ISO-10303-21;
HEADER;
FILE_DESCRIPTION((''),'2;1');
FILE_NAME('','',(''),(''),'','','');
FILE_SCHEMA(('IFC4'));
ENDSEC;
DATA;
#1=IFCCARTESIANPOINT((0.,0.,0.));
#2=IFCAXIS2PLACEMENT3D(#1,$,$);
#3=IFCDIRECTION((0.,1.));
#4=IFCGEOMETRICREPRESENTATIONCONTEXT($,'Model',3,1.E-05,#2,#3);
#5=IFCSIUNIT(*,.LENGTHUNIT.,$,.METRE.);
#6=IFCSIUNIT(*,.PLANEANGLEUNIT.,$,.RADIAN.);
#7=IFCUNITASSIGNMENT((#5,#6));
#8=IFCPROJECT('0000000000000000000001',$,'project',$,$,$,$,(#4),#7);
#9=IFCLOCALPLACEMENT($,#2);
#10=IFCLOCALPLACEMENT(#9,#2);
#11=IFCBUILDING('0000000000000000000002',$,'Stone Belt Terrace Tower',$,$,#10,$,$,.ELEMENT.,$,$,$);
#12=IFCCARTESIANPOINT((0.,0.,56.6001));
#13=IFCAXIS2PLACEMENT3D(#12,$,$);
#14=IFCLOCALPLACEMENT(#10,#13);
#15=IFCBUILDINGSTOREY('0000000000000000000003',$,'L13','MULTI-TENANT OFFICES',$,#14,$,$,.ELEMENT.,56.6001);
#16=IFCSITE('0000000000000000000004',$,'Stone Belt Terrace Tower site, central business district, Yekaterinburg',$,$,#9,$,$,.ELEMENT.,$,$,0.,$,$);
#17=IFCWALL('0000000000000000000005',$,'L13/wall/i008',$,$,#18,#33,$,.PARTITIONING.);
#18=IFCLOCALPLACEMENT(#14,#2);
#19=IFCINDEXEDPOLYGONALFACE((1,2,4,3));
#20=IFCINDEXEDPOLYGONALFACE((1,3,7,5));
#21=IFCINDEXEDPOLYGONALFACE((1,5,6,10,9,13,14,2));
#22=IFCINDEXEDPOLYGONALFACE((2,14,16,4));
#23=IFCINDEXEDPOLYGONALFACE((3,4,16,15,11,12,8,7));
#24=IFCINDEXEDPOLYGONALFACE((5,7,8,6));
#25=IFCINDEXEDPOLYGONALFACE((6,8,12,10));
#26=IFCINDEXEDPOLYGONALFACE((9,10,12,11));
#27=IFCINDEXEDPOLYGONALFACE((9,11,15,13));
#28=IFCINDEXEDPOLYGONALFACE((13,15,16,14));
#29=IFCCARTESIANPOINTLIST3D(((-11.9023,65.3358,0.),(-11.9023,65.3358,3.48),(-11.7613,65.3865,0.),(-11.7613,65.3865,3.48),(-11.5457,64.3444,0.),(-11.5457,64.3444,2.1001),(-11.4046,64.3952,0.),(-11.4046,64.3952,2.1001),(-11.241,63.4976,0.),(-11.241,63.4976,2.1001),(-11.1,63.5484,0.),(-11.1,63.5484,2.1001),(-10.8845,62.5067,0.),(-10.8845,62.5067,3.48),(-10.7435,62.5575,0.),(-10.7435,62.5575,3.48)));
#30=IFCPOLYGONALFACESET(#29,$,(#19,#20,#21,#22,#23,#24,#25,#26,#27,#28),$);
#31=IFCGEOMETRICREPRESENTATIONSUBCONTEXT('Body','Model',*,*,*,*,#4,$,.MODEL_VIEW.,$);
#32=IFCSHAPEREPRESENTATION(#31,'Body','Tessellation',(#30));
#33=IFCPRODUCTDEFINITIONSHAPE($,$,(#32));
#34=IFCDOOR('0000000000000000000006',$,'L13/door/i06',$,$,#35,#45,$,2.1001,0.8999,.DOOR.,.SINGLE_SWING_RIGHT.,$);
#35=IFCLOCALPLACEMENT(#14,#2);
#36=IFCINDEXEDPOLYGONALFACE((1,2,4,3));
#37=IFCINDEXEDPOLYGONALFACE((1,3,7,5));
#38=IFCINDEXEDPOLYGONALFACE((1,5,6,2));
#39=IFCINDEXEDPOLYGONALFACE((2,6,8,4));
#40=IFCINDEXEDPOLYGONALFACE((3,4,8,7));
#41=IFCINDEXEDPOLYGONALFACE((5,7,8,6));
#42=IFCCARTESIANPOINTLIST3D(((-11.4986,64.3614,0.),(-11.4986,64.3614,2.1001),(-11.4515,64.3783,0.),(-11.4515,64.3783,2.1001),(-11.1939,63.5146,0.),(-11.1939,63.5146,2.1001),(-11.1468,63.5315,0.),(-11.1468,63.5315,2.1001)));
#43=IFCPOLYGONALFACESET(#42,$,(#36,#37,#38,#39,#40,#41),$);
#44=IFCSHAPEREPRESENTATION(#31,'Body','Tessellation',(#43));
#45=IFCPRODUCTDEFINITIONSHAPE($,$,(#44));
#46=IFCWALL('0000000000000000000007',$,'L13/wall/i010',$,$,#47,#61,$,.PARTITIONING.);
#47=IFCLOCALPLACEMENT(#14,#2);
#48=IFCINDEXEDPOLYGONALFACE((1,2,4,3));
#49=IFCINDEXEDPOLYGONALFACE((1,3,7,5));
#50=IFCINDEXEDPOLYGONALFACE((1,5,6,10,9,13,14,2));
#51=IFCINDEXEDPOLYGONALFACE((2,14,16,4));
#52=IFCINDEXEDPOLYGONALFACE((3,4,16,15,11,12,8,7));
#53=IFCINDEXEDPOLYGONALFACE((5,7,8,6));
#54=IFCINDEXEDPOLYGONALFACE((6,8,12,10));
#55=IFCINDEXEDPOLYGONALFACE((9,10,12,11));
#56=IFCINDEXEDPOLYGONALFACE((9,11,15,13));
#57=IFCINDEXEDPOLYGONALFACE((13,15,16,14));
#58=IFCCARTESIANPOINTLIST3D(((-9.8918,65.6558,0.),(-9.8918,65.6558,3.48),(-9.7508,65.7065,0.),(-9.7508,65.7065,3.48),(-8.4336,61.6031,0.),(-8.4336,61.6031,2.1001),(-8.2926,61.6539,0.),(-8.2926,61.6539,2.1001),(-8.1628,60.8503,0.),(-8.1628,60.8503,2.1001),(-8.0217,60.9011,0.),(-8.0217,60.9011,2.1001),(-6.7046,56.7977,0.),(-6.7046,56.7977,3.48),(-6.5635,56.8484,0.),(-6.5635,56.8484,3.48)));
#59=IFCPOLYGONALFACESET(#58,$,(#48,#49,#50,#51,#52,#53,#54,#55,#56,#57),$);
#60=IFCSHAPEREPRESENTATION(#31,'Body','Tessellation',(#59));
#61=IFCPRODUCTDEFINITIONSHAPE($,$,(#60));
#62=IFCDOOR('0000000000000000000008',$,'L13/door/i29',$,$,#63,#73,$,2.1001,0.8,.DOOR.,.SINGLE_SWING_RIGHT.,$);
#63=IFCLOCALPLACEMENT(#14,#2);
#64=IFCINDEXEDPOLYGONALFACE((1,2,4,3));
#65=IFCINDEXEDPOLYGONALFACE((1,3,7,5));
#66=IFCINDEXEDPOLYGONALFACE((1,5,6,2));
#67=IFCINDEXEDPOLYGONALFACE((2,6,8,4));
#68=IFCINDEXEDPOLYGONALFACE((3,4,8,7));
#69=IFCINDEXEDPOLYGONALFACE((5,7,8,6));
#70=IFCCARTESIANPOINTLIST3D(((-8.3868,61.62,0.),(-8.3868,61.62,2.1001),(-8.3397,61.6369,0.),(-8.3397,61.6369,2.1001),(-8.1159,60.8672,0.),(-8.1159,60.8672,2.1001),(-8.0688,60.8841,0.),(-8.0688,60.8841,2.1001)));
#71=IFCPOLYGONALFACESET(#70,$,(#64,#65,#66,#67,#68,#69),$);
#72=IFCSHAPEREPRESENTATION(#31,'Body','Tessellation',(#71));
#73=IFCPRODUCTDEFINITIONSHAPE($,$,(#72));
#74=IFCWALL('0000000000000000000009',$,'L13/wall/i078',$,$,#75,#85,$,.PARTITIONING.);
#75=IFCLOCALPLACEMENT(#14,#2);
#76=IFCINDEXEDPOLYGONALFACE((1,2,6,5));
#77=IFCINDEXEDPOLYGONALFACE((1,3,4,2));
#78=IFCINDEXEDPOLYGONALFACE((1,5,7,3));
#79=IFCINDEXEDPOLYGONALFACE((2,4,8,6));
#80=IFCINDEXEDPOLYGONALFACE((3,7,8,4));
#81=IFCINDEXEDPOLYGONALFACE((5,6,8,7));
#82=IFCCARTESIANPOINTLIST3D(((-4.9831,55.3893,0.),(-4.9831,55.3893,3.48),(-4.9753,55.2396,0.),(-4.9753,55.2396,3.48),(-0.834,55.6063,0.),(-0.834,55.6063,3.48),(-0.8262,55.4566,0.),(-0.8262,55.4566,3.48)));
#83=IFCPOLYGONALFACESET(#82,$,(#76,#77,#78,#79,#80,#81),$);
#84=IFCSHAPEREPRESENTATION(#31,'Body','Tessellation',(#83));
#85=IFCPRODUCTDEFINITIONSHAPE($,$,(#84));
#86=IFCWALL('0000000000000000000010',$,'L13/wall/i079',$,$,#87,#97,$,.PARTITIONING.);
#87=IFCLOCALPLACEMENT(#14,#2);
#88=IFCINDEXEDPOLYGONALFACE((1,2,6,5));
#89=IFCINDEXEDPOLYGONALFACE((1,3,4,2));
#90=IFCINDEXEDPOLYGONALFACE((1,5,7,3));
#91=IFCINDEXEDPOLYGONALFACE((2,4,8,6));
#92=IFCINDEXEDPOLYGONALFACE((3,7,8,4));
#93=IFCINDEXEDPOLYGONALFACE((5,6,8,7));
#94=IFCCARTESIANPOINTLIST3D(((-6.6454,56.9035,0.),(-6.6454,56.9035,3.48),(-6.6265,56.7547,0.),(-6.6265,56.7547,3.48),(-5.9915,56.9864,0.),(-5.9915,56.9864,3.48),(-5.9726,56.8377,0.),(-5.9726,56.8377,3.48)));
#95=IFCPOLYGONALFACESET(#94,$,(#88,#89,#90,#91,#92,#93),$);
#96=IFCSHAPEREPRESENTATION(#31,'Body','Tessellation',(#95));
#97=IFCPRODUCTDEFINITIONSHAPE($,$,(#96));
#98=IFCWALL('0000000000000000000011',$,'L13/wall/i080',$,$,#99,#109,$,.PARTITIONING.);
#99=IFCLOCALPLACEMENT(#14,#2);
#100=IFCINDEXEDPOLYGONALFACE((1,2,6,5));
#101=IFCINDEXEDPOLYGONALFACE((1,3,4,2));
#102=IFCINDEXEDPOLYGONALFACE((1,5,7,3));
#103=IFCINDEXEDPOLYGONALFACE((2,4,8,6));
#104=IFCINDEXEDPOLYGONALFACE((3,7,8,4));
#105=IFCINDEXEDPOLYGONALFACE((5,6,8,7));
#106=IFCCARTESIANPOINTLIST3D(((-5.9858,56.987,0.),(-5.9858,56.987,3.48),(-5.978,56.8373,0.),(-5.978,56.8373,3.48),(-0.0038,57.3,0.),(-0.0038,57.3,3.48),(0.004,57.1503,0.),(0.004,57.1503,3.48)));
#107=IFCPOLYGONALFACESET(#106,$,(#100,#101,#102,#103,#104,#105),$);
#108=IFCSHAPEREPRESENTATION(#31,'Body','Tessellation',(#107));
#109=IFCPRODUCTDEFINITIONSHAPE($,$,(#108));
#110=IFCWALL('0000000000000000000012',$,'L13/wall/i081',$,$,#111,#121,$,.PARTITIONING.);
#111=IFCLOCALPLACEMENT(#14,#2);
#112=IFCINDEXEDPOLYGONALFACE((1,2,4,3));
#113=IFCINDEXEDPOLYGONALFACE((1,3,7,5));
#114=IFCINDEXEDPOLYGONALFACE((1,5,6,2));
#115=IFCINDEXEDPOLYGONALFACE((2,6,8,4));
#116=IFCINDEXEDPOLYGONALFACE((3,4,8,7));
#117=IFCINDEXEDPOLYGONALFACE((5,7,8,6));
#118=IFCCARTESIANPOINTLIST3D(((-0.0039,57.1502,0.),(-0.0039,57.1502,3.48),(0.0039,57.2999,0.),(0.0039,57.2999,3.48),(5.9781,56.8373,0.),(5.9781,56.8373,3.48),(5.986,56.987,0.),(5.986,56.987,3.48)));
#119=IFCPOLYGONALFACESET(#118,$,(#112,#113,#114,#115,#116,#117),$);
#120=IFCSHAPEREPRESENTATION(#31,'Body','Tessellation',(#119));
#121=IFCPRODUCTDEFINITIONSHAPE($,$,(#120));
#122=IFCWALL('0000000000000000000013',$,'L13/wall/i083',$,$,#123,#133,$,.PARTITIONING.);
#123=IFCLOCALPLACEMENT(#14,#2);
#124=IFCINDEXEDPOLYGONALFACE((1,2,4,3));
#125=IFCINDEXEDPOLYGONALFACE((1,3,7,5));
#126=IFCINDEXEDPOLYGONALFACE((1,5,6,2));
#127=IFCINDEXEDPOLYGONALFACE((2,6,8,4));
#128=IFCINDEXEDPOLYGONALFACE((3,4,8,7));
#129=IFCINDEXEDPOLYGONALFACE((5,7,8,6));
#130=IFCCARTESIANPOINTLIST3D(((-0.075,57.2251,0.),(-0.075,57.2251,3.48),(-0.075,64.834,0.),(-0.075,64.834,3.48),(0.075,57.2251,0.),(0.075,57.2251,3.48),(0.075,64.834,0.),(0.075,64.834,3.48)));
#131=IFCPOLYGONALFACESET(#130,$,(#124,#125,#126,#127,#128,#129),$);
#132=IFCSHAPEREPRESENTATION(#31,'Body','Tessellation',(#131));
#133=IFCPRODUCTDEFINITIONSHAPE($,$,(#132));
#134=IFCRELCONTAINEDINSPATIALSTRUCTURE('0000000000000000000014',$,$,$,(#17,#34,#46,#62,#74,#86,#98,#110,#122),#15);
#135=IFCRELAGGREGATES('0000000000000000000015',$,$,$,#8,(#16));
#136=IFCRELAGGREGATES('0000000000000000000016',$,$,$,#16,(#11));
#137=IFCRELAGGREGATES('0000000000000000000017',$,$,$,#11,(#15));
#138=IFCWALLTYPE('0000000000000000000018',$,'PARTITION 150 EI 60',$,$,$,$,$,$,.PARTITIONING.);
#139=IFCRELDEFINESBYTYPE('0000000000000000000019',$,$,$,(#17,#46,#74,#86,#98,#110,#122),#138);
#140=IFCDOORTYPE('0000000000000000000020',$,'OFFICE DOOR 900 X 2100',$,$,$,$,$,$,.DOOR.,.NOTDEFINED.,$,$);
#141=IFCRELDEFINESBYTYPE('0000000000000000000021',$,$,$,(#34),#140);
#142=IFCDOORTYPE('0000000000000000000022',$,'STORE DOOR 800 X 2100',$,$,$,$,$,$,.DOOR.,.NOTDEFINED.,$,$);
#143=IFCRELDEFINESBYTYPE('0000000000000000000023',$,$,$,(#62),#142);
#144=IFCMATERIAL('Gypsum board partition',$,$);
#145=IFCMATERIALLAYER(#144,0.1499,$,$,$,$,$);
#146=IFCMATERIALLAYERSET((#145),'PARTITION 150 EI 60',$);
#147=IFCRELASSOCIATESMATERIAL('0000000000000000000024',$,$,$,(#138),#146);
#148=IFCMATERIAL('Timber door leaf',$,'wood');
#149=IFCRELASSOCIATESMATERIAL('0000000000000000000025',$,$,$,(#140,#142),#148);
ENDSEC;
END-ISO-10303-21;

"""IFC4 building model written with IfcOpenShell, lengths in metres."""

from ifc_helpers import new_model, si_unit, direction, frame, frame_2d, origin, place, context, subcontext, project, spatial, rectangle, extrude, material, layer, layer_set, type_object, element, fill, save


model = new_model("IFC4")

# Units and contexts
model_context = context("Model", 3, precision=1e-05, world=origin(), true_north=direction((0.0, 1.0)))
body_context = subcontext(model_context, "Body", "Model", "MODEL_VIEW")
ifc_project = project(units=[si_unit("LENGTHUNIT", "METRE"), si_unit("PLANEANGLEUNIT", "RADIAN")], contexts=[model_context])

# Site, building, storey
site_placement = place(None, origin())
site = spatial("IfcSite", under=ifc_project, at=site_placement, Name="Stone Belt Terrace Tower site, central business district, Yekaterinburg", CompositionType="ELEMENT", RefElevation=0.0)
building_placement = place(site_placement, origin())
building = spatial("IfcBuilding", under=site, at=building_placement, Name="Stone Belt Terrace Tower", CompositionType="ELEMENT")
storey_placement = place(building_placement, frame((0.0, 0.0, 56.6001)))
storey = spatial("IfcBuildingStorey", under=building, at=storey_placement, Name="L13", Description="MULTI-TENANT OFFICES", CompositionType="ELEMENT", Elevation=56.6001)

# Walls, openings, doors
ifc_material_1 = material(Name="Gypsum board partition")
ifc_layer_1 = layer(ifc_material_1, 0.1499)
ifc_layer_set_1 = layer_set([ifc_layer_1], Name="PARTITION 150 EI 60")
wall_type_1 = type_object("IfcWallType", Name="PARTITION 150 EI 60", PredefinedType="PARTITIONING", material=ifc_layer_set_1)
wall_1_placement = place(storey_placement, frame((-10.814, 62.532, 0.0), z_axis=(0.0, 0.0, 1.0), x_axis=(-0.338527, 0.940957, 0.0)))
wall_1 = element("IfcWall", 1, at=wall_1_placement, inside=storey, type_object=wall_type_1, Name="L13/wall/i008", PredefinedType="PARTITIONING", context=body_context, shape_type="SweptSolid", body=[
    extrude(rectangle(XDim=3.0066, YDim=0.1499, at=frame_2d((1.5034, 0.0))), origin(), (0.0, 0.0, 1.0), 3.48),
])
opening_1_placement = place(wall_1_placement, frame((1.0532, 0.0, 0.0)))
opening_1 = element("IfcOpeningElement", 2, at=opening_1_placement, cuts=wall_1, PredefinedType="OPENING", context=body_context, shape_type="SweptSolid", body=[
    extrude(rectangle(XDim=0.8999, YDim=2.1001, at=frame_2d((0.45, 1.05))), frame((0.0, 0.085, 0.0), z_axis=(0.0, -1.0, 0.0), x_axis=(1.0, 0.0, 0.0)), (0.0, 0.0, 1.0), 0.1699),
])
ifc_material_2 = material(Name="Timber door leaf", Category="wood")
door_type_1 = type_object("IfcDoorType", Name="OFFICE DOOR 900 X 2100", OperationType="NOTDEFINED", PredefinedType="DOOR", material=ifc_material_2)
door_1_placement = place(opening_1_placement, origin())
door_1 = element("IfcDoor", 3, at=door_1_placement, inside=storey, type_object=door_type_1, Name="L13/door/i06", OperationType="SINGLE_SWING_RIGHT", OverallHeight=2.1001, OverallWidth=0.8999, PredefinedType="DOOR", context=body_context, shape_type="SweptSolid", body=[
    extrude(rectangle(XDim=0.8999, YDim=2.1001, at=frame_2d((0.45, 1.05))), frame((0.0, 0.0249, 0.0), z_axis=(0.0, -1.0, 0.0), x_axis=(1.0, 0.0, 0.0)), (0.0, 0.0, 1.0), 0.05),
])
fill(opening_1, door_1)
wall_2_placement = place(storey_placement, frame((-9.8213, 65.6812, 0.0), z_axis=(0.0, 0.0, 1.0), x_axis=(0.338562, -0.940944, 0.0)))
wall_2 = element("IfcWall", 4, at=wall_2_placement, inside=storey, type_object=wall_type_1, Name="L13/wall/i010", PredefinedType="PARTITIONING", context=body_context, shape_type="SweptSolid", body=[
    extrude(rectangle(XDim=9.4141, YDim=0.1499, at=frame_2d((4.707, 0.0))), origin(), (0.0, 0.0, 1.0), 3.48),
])
opening_2_placement = place(wall_2_placement, frame((4.3071, 0.0, 0.0)))
opening_2 = element("IfcOpeningElement", 5, at=opening_2_placement, cuts=wall_2, PredefinedType="OPENING", context=body_context, shape_type="SweptSolid", body=[
    extrude(rectangle(XDim=0.8, YDim=2.1001, at=frame_2d((0.3999, 1.05))), frame((0.0, 0.085, 0.0), z_axis=(0.0, -1.0, 0.0), x_axis=(1.0, 0.0, 0.0)), (0.0, 0.0, 1.0), 0.1699),
])
door_type_2 = type_object("IfcDoorType", Name="STORE DOOR 800 X 2100", OperationType="NOTDEFINED", PredefinedType="DOOR", material=ifc_material_2)
door_2_placement = place(opening_2_placement, origin())
door_2 = element("IfcDoor", 6, at=door_2_placement, inside=storey, type_object=door_type_2, Name="L13/door/i29", OperationType="SINGLE_SWING_RIGHT", OverallHeight=2.1001, OverallWidth=0.8, PredefinedType="DOOR", context=body_context, shape_type="SweptSolid", body=[
    extrude(rectangle(XDim=0.8, YDim=2.1001, at=frame_2d((0.3999, 1.05))), frame((0.0, 0.0249, 0.0), z_axis=(0.0, -1.0, 0.0), x_axis=(1.0, 0.0, 0.0)), (0.0, 0.0, 1.0), 0.05),
])
fill(opening_2, door_2)

# Walls
wall_3_placement = place(storey_placement, frame((-0.8301, 55.5315, 0.0), z_axis=(0.0, 0.0, 1.0), x_axis=(-0.998635, -0.052238, 0.0)))
element("IfcWall", 7, at=wall_3_placement, inside=storey, type_object=wall_type_1, Name="L13/wall/i078", PredefinedType="PARTITIONING", context=body_context, shape_type="SweptSolid", body=[
    extrude(rectangle(XDim=4.1548, YDim=0.1499, at=frame_2d((2.0774, 0.0))), origin(), (0.0, 0.0, 1.0), 3.48),
])
wall_4_placement = place(storey_placement, frame((-6.636, 56.8291, 0.0), z_axis=(0.0, 0.0, 1.0), x_axis=(0.992043, 0.125903, 0.0)))
element("IfcWall", 8, at=wall_4_placement, inside=storey, type_object=wall_type_1, Name="L13/wall/i079", PredefinedType="PARTITIONING", context=body_context, shape_type="SweptSolid", body=[
    extrude(rectangle(XDim=0.6592, YDim=0.1499, at=frame_2d((0.3296, 0.0))), origin(), (0.0, 0.0, 1.0), 3.48),
])
for number, where, z_axis, x_axis, name in (
    (9, (-5.9819, 56.9121, 0.0), (0.0, 0.0, 1.0), (0.998634, 0.052251, 0.0), "L13/wall/i080"),
    (10, (0.0, 57.2251, 0.0), (0.0, 0.0, 1.0), (0.998634, -0.052251, 0.0), "L13/wall/i081"),
):
    element("IfcWall", number, at=place(storey_placement, frame(where, z_axis=z_axis, x_axis=x_axis)), inside=storey, type_object=wall_type_1, Name=name, PredefinedType="PARTITIONING", context=body_context, shape_type="SweptSolid", body=[
        extrude(rectangle(XDim=5.9902, YDim=0.1499, at=frame_2d((2.9951, 0.0))), origin(), (0.0, 0.0, 1.0), 3.48),
    ])
wall_5_placement = place(storey_placement, frame((0.0, 64.834, 0.0), z_axis=(0.0, 0.0, 1.0), x_axis=(0.0, -1.0, 0.0)))
element("IfcWall", 11, at=wall_5_placement, inside=storey, type_object=wall_type_1, Name="L13/wall/i083", PredefinedType="PARTITIONING", context=body_context, shape_type="SweptSolid", body=[
    extrude(rectangle(XDim=7.6089, YDim=0.1499, at=frame_2d((3.8044, 0.0))), origin(), (0.0, 0.0, 1.0), 3.48),
])

save(model, "model.ifc")
